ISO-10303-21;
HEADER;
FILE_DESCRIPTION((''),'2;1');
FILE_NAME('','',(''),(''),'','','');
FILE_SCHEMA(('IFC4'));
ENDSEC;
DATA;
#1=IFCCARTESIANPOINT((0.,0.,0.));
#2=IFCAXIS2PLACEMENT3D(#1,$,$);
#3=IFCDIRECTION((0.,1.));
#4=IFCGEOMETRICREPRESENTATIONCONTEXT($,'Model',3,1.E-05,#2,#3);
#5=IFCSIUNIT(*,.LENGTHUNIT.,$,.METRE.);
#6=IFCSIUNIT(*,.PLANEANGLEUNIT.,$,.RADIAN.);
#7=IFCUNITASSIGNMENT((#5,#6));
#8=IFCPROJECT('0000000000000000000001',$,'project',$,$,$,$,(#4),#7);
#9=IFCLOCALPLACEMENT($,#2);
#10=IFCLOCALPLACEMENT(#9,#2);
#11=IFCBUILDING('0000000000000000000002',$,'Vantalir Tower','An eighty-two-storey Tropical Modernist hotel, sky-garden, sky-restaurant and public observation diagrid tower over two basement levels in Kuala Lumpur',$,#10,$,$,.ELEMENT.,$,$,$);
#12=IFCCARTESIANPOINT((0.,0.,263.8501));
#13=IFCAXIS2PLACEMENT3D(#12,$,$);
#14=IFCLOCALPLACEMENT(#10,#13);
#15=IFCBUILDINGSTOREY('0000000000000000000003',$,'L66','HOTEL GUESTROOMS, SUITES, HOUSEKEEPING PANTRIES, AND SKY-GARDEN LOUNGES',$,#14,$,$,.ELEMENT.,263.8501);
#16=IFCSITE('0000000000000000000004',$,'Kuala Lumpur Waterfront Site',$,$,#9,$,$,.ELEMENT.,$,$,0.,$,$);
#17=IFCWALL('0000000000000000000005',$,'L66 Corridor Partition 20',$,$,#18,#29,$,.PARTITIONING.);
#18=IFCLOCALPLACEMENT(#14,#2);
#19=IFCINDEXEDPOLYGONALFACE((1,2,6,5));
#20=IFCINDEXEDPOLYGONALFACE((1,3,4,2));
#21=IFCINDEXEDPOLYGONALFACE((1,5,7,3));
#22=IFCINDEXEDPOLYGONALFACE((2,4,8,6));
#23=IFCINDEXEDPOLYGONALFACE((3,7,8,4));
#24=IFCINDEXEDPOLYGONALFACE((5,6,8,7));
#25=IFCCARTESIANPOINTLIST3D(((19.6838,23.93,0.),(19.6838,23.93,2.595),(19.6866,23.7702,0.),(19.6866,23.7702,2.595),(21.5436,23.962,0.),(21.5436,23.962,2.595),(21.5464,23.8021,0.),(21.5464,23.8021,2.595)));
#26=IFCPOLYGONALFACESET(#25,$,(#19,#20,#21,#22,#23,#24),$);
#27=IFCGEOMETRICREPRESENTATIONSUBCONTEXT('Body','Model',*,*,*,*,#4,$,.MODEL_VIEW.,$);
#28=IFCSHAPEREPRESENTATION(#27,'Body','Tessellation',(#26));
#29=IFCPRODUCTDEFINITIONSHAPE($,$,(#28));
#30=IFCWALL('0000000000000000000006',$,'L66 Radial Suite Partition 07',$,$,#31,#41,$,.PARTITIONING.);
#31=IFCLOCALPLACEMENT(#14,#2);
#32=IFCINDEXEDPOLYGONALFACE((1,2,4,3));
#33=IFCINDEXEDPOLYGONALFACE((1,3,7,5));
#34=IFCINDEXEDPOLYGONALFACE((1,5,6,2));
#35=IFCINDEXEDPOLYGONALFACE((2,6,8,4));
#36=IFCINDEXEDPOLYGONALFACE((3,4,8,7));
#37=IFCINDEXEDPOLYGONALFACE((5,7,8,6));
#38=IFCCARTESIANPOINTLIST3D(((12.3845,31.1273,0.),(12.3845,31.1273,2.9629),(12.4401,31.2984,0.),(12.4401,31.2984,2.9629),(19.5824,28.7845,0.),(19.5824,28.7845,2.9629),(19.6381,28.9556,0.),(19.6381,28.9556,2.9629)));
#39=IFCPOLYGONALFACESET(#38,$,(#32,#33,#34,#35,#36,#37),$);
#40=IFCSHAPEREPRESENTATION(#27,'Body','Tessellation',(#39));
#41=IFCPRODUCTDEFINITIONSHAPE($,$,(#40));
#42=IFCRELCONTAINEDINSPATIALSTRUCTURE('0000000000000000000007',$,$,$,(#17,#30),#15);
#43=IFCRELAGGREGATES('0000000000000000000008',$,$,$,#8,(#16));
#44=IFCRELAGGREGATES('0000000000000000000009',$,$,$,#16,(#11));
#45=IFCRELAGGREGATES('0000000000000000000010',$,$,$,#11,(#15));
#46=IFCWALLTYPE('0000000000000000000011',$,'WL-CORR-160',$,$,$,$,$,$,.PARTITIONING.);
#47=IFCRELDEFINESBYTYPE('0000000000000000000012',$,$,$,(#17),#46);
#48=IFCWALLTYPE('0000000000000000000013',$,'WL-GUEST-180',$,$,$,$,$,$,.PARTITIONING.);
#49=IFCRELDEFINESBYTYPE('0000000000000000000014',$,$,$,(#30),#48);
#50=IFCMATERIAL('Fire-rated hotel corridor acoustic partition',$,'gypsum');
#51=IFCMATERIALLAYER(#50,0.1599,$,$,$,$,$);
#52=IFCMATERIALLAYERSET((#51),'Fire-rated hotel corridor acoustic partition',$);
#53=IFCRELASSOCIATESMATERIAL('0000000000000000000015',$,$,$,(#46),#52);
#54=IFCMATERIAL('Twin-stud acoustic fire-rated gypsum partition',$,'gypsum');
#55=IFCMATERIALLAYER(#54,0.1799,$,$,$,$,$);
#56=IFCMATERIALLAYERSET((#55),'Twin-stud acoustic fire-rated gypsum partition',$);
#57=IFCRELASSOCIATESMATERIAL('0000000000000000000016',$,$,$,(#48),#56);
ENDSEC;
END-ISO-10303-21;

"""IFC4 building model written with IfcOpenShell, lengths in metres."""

from ifc_helpers import new_model, si_unit, direction, frame, frame_2d, origin, place, context, subcontext, project, spatial, rectangle, extrude, material, layer, layer_set, type_object, element, save


model = new_model("IFC4")

# Units and contexts
model_context = context("Model", 3, precision=1e-05, world=origin(), true_north=direction((0.0, 1.0)))
body_context = subcontext(model_context, "Body", "Model", "MODEL_VIEW")
ifc_project = project(units=[si_unit("LENGTHUNIT", "METRE"), si_unit("PLANEANGLEUNIT", "RADIAN")], contexts=[model_context])

# Site, building, storey
site_placement = place(None, origin())
site = spatial("IfcSite", under=ifc_project, at=site_placement, Name="Kuala Lumpur Waterfront Site", CompositionType="ELEMENT", RefElevation=0.0)
building_placement = place(site_placement, origin())
building = spatial("IfcBuilding", under=site, at=building_placement, Name="Vantalir Tower", Description="An eighty-two-storey Tropical Modernist hotel, sky-garden, sky-restaurant and public observation diagrid tower over two basement levels in Kuala Lumpur", CompositionType="ELEMENT")
storey_placement = place(building_placement, frame((0.0, 0.0, 263.8501)))
storey = spatial("IfcBuildingStorey", under=building, at=storey_placement, Name="L66", Description="HOTEL GUESTROOMS, SUITES, HOUSEKEEPING PANTRIES, AND SKY-GARDEN LOUNGES", CompositionType="ELEMENT", Elevation=263.8501)

# Shared definitions
ifc_material_1 = material(Name="Fire-rated hotel corridor acoustic partition", Category="gypsum")
ifc_layer_1 = layer(ifc_material_1, 0.1599)
ifc_layer_set_1 = layer_set([ifc_layer_1], Name="Fire-rated hotel corridor acoustic partition")
wall_type_1 = type_object("IfcWallType", Name="WL-CORR-160", PredefinedType="PARTITIONING", material=ifc_layer_set_1)

# Walls
wall_1_placement = place(storey_placement, frame((19.6851, 23.8501, 0.0), z_axis=(0.0, 0.0, 1.0), x_axis=(0.999852, 0.017194, 0.0)))
element("IfcWall", 1, at=wall_1_placement, inside=storey, type_object=wall_type_1, Name="L66 Corridor Partition 20", PredefinedType="PARTITIONING", context=body_context, shape_type="SweptSolid", body=[
    extrude(rectangle(XDim=1.8601, YDim=0.1599, at=frame_2d((0.9302, 0.0))), origin(), (0.0, 0.0, 1.0), 2.595),
])
ifc_material_2 = material(Name="Twin-stud acoustic fire-rated gypsum partition", Category="gypsum")
ifc_layer_2 = layer(ifc_material_2, 0.1799)
ifc_layer_set_2 = layer_set([ifc_layer_2], Name="Twin-stud acoustic fire-rated gypsum partition")
wall_type_2 = type_object("IfcWallType", Name="WL-GUEST-180", PredefinedType="PARTITIONING", material=ifc_layer_set_2)
wall_2_placement = place(storey_placement, frame((19.6101, 28.8701, 0.0), z_axis=(0.0, 0.0, 1.0), x_axis=(-0.950901, 0.309495, 0.0)))
element("IfcWall", 2, at=wall_2_placement, inside=storey, type_object=wall_type_2, Name="L66 Radial Suite Partition 07", PredefinedType="PARTITIONING", context=body_context, shape_type="SweptSolid", body=[
    extrude(rectangle(XDim=7.5696, YDim=0.1799, at=frame_2d((3.7847, 0.0))), origin(), (0.0, 0.0, 1.0), 2.9629),
])

save(model, "model.ifc")
